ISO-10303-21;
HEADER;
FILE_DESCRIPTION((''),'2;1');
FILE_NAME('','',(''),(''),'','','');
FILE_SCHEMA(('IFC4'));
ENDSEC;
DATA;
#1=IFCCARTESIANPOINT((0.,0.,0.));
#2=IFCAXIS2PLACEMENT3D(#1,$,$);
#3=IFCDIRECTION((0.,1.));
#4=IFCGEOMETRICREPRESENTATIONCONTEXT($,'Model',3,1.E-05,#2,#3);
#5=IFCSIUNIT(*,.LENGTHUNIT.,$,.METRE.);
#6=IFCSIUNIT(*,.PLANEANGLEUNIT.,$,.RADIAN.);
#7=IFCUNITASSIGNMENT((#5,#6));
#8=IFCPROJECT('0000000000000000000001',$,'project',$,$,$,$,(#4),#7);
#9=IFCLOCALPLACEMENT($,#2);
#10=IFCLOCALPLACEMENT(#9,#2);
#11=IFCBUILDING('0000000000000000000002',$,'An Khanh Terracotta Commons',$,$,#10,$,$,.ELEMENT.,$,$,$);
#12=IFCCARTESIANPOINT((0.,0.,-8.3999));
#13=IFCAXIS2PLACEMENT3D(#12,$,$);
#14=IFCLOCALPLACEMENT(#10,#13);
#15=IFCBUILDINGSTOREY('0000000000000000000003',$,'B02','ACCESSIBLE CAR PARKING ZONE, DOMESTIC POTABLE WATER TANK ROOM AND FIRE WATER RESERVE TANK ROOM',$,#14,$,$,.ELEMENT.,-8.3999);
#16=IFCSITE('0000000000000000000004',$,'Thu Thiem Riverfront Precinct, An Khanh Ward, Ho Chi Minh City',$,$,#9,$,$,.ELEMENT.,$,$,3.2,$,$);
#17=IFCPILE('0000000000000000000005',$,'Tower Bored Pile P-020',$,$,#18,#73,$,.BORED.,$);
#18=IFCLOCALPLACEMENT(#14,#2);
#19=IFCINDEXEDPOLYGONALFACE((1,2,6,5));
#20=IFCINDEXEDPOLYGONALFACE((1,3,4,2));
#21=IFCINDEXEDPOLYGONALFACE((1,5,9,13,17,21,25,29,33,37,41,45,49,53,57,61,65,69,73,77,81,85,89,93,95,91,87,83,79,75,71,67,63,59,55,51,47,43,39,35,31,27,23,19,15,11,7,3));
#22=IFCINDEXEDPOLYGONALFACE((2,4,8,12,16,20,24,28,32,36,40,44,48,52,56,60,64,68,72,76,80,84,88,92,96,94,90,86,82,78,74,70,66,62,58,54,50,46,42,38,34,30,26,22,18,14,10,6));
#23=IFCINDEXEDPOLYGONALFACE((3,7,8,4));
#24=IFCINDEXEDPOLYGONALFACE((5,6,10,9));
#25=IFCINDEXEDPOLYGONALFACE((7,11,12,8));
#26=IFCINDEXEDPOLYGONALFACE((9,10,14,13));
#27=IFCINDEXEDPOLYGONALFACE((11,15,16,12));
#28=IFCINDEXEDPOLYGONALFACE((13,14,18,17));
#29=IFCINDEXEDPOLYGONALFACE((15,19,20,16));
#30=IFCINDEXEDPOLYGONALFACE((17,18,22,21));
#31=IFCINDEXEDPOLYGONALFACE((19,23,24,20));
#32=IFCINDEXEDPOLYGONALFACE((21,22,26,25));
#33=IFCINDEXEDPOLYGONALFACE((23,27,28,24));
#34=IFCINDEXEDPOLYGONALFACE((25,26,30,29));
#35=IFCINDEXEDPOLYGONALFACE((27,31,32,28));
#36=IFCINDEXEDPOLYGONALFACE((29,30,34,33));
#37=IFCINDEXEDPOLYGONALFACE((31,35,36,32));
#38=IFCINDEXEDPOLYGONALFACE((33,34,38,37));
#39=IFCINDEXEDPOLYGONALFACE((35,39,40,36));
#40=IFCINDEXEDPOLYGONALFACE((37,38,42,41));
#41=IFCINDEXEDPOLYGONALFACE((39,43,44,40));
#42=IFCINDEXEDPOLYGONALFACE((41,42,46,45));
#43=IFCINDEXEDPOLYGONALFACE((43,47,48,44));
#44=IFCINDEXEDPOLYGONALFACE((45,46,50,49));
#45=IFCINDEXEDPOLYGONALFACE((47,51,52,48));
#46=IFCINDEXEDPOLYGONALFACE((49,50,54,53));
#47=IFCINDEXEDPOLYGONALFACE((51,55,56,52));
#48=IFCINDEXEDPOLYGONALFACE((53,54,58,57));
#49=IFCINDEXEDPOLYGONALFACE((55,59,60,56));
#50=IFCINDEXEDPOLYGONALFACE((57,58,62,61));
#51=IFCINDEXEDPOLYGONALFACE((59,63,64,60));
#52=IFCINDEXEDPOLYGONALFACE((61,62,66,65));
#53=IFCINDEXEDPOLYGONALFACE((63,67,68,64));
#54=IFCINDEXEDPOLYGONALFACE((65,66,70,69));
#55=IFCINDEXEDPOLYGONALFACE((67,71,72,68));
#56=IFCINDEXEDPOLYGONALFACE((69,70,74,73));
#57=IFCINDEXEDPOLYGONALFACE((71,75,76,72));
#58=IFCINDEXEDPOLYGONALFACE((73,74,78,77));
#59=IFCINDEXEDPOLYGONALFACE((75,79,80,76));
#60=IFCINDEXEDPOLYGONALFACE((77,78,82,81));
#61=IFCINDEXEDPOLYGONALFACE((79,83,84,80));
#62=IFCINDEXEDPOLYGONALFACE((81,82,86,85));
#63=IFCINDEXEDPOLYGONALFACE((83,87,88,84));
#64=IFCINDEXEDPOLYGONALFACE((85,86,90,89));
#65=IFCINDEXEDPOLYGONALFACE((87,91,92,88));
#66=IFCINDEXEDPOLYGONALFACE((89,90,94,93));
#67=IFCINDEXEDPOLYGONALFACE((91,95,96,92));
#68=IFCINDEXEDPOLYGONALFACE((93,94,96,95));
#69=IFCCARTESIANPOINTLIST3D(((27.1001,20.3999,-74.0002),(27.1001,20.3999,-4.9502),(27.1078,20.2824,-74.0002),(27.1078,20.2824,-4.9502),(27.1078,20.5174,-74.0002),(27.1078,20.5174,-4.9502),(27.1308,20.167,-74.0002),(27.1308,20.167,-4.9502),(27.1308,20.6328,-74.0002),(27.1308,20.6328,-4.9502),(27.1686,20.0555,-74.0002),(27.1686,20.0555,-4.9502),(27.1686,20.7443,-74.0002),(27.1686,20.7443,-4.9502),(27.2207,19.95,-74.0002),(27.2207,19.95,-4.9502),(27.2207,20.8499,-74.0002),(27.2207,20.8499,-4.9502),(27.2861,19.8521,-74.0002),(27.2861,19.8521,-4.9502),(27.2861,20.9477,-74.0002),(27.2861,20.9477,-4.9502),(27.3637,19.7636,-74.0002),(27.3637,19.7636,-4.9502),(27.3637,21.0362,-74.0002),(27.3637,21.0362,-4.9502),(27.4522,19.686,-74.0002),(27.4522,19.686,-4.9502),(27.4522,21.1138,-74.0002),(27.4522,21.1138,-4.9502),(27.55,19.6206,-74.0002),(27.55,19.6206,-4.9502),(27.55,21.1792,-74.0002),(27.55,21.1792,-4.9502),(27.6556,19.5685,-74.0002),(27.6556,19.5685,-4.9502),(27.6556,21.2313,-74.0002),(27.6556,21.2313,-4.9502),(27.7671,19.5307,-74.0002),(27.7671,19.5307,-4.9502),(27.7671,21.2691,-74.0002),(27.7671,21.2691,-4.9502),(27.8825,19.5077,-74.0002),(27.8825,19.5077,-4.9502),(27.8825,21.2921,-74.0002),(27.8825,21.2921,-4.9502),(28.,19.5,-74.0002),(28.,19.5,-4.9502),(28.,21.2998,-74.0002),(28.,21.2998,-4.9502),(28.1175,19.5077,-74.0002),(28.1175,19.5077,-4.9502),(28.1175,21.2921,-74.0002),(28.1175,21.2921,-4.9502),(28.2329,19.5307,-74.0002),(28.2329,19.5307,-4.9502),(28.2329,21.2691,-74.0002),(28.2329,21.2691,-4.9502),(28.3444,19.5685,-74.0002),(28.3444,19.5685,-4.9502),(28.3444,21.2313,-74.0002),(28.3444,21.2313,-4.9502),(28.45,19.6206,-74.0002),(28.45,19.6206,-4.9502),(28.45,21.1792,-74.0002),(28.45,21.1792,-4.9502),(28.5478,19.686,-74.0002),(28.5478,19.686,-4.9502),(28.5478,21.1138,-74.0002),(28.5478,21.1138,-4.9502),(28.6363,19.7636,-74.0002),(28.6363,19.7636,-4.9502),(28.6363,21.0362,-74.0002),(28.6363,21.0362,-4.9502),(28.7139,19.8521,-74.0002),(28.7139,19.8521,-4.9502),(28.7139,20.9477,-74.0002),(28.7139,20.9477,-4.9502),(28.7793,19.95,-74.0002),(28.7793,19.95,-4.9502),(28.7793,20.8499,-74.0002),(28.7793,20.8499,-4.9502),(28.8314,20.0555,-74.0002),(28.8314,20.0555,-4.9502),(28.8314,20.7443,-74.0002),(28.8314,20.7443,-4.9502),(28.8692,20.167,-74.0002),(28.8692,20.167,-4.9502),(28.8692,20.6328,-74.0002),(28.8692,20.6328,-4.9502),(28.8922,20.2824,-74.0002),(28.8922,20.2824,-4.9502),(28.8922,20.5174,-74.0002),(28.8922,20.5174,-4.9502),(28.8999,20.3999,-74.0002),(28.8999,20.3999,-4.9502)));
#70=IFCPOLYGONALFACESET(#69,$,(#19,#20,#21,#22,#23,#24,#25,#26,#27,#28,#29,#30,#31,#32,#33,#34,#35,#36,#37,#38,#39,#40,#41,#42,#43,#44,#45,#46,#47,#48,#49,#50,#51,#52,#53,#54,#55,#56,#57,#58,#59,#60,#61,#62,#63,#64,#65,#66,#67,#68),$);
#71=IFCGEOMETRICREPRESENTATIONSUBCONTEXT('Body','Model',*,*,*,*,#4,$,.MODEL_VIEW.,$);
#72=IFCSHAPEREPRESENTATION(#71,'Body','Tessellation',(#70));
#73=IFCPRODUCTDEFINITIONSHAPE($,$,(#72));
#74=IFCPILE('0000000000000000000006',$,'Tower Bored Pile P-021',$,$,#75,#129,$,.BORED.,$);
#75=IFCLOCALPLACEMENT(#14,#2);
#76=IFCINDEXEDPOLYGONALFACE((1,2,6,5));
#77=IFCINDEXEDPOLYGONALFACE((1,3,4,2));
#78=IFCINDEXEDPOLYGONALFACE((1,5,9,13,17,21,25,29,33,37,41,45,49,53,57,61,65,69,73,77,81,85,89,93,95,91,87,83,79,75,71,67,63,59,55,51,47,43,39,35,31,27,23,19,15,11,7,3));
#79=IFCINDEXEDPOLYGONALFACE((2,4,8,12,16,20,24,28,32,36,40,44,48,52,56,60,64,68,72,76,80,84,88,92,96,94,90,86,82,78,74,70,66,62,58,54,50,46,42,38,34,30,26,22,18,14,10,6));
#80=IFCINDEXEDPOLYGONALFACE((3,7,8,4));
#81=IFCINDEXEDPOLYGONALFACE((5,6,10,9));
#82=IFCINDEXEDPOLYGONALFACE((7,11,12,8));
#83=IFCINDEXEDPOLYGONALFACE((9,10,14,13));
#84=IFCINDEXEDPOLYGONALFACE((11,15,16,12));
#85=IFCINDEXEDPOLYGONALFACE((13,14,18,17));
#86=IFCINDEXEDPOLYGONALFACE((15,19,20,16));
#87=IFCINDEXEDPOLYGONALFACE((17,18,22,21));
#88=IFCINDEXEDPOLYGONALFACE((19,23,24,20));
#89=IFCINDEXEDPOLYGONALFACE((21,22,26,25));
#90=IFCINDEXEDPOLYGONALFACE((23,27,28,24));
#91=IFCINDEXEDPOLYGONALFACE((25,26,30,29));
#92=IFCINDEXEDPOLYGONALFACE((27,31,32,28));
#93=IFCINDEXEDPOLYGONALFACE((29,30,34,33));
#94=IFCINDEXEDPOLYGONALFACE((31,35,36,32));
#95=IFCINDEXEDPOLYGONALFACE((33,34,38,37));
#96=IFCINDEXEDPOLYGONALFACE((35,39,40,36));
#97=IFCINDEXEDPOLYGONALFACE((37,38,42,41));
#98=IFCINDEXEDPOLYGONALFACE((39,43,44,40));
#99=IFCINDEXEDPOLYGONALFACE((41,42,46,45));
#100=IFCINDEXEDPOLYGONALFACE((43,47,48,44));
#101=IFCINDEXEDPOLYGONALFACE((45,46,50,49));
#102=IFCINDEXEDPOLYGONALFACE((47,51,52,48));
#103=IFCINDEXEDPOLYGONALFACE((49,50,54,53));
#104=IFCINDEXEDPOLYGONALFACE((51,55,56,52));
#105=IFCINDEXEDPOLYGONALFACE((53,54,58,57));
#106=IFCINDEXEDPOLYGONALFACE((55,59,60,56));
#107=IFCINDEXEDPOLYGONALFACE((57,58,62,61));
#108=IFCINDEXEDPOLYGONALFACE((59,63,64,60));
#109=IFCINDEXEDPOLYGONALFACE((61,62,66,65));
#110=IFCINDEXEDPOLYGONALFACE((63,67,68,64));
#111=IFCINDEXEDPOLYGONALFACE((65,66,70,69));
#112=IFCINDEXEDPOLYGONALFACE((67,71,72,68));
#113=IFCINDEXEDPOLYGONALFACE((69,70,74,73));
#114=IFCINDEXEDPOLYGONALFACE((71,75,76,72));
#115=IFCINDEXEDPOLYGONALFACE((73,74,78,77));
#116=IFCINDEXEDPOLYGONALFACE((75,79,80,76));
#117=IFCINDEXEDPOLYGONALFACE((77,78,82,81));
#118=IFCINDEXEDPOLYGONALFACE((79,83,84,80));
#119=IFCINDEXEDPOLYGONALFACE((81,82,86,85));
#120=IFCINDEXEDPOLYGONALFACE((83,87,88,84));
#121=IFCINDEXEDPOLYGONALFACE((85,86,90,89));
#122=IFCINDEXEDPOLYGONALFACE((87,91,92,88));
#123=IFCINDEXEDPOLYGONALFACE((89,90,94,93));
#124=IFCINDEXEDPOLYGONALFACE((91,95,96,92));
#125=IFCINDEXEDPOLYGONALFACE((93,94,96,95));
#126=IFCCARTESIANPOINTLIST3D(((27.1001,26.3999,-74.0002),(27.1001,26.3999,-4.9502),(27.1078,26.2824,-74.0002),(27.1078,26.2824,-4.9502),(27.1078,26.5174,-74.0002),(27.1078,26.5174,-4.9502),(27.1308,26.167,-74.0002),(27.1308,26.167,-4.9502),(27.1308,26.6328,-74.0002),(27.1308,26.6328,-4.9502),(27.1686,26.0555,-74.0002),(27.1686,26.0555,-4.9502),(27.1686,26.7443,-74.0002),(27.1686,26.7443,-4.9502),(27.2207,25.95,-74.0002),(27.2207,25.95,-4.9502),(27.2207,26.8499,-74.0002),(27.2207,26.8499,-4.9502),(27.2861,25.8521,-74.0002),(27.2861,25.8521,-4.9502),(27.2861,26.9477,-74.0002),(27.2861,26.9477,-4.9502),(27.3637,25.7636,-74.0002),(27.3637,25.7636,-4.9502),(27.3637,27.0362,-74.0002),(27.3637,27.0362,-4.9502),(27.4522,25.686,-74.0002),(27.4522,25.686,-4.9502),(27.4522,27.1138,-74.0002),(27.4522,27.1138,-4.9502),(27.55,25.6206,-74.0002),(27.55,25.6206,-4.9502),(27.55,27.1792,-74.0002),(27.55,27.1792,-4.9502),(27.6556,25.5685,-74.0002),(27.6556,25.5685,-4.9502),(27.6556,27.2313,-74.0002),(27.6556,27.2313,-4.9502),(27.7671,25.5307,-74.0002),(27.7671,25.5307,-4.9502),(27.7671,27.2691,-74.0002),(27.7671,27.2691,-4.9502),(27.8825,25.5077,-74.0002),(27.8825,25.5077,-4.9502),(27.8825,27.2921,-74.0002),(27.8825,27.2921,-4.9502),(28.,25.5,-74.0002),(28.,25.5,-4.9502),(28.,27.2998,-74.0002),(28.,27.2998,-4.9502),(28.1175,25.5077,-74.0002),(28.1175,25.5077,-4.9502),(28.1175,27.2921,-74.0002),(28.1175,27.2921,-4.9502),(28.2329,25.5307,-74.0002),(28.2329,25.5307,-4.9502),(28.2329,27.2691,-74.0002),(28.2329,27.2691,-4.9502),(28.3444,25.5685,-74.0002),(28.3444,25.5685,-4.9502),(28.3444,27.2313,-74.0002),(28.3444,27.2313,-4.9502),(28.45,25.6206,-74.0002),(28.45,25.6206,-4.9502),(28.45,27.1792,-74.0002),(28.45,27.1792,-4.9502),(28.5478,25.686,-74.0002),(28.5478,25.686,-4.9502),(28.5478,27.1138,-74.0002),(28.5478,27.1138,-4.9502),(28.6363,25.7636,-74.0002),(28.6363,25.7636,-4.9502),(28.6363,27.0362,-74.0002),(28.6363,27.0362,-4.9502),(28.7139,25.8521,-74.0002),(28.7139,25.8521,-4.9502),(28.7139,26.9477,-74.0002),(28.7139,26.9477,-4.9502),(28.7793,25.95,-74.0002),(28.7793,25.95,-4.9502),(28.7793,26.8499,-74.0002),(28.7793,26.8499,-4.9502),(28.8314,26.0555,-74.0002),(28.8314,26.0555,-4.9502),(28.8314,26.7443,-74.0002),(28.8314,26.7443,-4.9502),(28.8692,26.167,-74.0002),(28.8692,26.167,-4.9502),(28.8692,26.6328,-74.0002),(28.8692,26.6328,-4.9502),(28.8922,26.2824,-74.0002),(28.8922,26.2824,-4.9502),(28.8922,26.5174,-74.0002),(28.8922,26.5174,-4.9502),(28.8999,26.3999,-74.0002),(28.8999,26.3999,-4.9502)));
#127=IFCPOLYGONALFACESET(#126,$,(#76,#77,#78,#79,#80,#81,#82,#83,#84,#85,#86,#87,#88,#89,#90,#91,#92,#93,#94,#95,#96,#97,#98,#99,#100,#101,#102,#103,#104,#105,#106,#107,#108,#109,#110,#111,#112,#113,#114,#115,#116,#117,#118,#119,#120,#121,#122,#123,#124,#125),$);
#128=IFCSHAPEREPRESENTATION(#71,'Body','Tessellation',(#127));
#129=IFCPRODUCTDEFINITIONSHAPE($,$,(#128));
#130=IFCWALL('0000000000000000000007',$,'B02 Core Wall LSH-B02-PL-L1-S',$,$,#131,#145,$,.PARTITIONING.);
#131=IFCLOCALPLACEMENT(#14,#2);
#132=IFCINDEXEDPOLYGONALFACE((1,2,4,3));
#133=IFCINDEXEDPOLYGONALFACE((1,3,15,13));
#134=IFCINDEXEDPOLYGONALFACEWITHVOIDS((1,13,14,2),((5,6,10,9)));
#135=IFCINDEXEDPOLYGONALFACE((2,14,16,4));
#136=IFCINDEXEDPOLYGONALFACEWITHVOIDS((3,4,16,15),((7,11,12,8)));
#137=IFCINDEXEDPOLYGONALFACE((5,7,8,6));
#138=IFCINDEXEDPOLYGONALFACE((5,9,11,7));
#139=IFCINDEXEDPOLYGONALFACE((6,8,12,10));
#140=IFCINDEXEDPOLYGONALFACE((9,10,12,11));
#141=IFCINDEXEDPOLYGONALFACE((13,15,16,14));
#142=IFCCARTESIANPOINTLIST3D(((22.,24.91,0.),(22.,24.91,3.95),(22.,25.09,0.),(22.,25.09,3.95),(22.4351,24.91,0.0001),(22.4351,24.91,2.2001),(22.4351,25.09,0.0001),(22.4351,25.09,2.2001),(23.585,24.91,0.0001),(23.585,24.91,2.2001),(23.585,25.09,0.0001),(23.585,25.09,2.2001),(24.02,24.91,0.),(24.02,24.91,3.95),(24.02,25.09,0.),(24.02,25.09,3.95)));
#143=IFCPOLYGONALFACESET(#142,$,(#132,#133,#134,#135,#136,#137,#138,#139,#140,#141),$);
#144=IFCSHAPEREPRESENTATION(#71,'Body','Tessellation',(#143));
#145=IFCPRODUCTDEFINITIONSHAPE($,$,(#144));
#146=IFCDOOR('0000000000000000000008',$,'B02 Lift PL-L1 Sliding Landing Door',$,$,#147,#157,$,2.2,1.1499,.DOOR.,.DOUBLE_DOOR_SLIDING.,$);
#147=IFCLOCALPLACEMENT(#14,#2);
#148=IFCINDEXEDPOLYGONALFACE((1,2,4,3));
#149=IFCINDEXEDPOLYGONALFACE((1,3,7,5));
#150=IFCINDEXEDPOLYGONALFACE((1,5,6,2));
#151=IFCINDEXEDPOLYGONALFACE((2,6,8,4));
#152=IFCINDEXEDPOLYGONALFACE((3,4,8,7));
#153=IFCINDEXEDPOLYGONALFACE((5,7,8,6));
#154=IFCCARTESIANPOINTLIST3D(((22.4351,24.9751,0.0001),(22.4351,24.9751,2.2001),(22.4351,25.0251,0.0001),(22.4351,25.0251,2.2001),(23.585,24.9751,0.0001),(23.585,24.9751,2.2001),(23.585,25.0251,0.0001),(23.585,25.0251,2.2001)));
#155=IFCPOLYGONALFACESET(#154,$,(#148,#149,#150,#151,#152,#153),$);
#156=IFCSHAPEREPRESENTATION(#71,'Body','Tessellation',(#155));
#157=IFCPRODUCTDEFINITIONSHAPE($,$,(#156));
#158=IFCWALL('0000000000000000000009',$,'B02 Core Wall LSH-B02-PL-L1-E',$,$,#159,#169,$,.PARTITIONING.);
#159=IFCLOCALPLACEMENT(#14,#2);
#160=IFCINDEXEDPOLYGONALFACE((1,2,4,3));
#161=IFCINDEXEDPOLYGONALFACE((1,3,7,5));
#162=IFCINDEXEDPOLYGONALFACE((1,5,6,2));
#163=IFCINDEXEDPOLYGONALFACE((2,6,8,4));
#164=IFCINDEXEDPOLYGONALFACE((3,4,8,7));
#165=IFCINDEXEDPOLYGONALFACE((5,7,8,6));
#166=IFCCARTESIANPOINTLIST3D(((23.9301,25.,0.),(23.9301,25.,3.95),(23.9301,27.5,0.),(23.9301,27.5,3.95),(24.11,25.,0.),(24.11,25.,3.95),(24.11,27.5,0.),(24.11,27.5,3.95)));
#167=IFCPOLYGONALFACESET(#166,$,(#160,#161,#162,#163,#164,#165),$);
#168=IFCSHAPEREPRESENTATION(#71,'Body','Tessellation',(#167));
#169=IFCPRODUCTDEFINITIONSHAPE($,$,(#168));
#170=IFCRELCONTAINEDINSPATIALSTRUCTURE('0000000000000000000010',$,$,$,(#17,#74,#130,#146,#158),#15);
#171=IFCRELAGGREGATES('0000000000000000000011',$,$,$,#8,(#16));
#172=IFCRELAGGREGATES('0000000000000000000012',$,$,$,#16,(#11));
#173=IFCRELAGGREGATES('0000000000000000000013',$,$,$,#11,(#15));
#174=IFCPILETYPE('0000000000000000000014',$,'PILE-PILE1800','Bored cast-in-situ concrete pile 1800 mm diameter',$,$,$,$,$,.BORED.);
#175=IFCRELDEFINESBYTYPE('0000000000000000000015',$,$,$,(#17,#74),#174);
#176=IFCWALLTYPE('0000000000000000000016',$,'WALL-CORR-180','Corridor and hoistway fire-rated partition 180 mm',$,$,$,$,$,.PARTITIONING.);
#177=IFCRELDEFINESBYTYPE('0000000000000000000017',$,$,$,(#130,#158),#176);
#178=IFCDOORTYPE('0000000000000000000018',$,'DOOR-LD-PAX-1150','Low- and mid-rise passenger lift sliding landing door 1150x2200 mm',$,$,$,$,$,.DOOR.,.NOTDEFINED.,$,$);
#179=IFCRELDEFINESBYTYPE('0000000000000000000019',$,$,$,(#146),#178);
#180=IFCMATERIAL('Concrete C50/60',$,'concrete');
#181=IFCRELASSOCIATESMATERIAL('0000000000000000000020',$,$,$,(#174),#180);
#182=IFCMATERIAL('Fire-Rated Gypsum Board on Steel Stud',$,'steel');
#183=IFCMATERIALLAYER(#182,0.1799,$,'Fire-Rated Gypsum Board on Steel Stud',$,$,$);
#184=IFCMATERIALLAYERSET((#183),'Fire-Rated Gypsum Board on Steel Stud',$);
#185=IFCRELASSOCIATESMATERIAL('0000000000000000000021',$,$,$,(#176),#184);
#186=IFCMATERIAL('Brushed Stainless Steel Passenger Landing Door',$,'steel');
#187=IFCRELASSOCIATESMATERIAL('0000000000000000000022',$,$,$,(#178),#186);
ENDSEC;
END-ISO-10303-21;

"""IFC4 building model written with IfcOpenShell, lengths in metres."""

from ifc_helpers import new_model, si_unit, direction, frame, frame_2d, origin, origin_2d, place, context, subcontext, project, spatial, rectangle, circle, extrude, material, layer, layer_set, material_profile, profile_set, type_object, element, fill, save


model = new_model("IFC4")

# Units and contexts
model_context = context("Model", 3, precision=1e-05, world=origin(), true_north=direction((0.0, 1.0)))
body_context = subcontext(model_context, "Body", "Model", "MODEL_VIEW")
ifc_project = project(units=[si_unit("LENGTHUNIT", "METRE"), si_unit("PLANEANGLEUNIT", "RADIAN")], contexts=[model_context])

# Site, building, storey
site_placement = place(None, origin())
site = spatial("IfcSite", under=ifc_project, at=site_placement, Name="Thu Thiem Riverfront Precinct, An Khanh Ward, Ho Chi Minh City", CompositionType="ELEMENT", RefElevation=3.2)
building_placement = place(site_placement, origin())
building = spatial("IfcBuilding", under=site, at=building_placement, Name="An Khanh Terracotta Commons", CompositionType="ELEMENT")
storey_placement = place(building_placement, frame((0.0, 0.0, -8.3999)))
storey = spatial("IfcBuildingStorey", under=building, at=storey_placement, Name="B02", Description="ACCESSIBLE CAR PARKING ZONE, DOMESTIC POTABLE WATER TANK ROOM AND FIRE WATER RESERVE TANK ROOM", CompositionType="ELEMENT", Elevation=-8.3999)

# Piles
ifc_material_1 = material(Name="Concrete C50/60", Category="concrete")
ifc_material_profile = material_profile(ifc_material_1, circle(Radius=0.8999, at=origin_2d()), Name="PILE1800")
ifc_profile_set = profile_set([ifc_material_profile], Name="Concrete C50/60")
pile_type = type_object("IfcPileType", Name="PILE-PILE1800", Description="Bored cast-in-situ concrete pile 1800 mm diameter", PredefinedType="BORED", material=ifc_profile_set)
for number, where, z_axis, x_axis, name in (
    (1, (28.0, 20.3999, -4.9502), (0.0, 0.0, -1.0), (1.0, 0.0, 0.0), "Tower Bored Pile P-020"),
    (2, (28.0, 26.3999, -4.9502), (0.0, 0.0, -1.0), (1.0, 0.0, 0.0), "Tower Bored Pile P-021"),
):
    element("IfcPile", number, at=place(storey_placement, frame(where, z_axis=z_axis, x_axis=x_axis)), inside=storey, type_object=pile_type, Name=name, PredefinedType="BORED", context=body_context, shape_type="SweptSolid", body=[
        extrude(circle(Radius=0.8999, at=origin_2d()), origin(), (0.0, 0.0, 1.0), 69.05),
    ])

# Wall, opening, door
ifc_material_2 = material(Name="Fire-Rated Gypsum Board on Steel Stud", Category="steel")
ifc_layer_1 = layer(ifc_material_2, 0.1799, Name="Fire-Rated Gypsum Board on Steel Stud")
ifc_layer_set_1 = layer_set([ifc_layer_1], Name="Fire-Rated Gypsum Board on Steel Stud")
wall_type_1 = type_object("IfcWallType", Name="WALL-CORR-180", Description="Corridor and hoistway fire-rated partition 180 mm", PredefinedType="PARTITIONING", material=ifc_layer_set_1)
wall_1_placement = place(storey_placement, frame((24.02, 25.0, 0.0), z_axis=(0.0, 0.0, 1.0), x_axis=(-1.0, 0.0, 0.0)))
wall_1 = element("IfcWall", 3, at=wall_1_placement, inside=storey, type_object=wall_type_1, Name="B02 Core Wall LSH-B02-PL-L1-S", PredefinedType="PARTITIONING", context=body_context, shape_type="SweptSolid", body=[
    extrude(rectangle(XDim=2.02, YDim=0.1799, at=frame_2d((1.01, 0.0))), origin(), (0.0, 0.0, 1.0), 3.95),
])
opening_1_placement = place(wall_1_placement, frame((0.4351, 0.0, 0.0)))
opening_1 = element("IfcOpeningElement", 4, at=opening_1_placement, cuts=wall_1, PredefinedType="OPENING", context=body_context, shape_type="SweptSolid", body=[
    extrude(rectangle(XDim=1.1499, YDim=2.2, at=frame_2d((0.575, 1.1001))), frame((0.0, 0.0999, 0.0), z_axis=(0.0, -1.0, 0.0), x_axis=(1.0, 0.0, 0.0)), (0.0, 0.0, 1.0), 0.2),
])
ifc_material_3 = material(Name="Brushed Stainless Steel Passenger Landing Door", Category="steel")
door_type = type_object("IfcDoorType", Name="DOOR-LD-PAX-1150", Description="Low- and mid-rise passenger lift sliding landing door 1150x2200 mm", OperationType="NOTDEFINED", PredefinedType="DOOR", material=ifc_material_3)
door_1_placement = place(opening_1_placement, origin())
door_1 = element("IfcDoor", 5, at=door_1_placement, inside=storey, type_object=door_type, Name="B02 Lift PL-L1 Sliding Landing Door", OperationType="DOUBLE_DOOR_SLIDING", OverallHeight=2.2, OverallWidth=1.1499, PredefinedType="DOOR", context=body_context, shape_type="SweptSolid", body=[
    extrude(rectangle(XDim=1.1499, YDim=2.2, at=frame_2d((0.575, 1.1001))), frame((0.0, 0.0249, 0.0), z_axis=(0.0, -1.0, 0.0), x_axis=(1.0, 0.0, 0.0)), (0.0, 0.0, 1.0), 0.05),
])
fill(opening_1, door_1)

# Wall
wall_2_placement = place(storey_placement, frame((24.02, 25.0, 0.0), z_axis=(0.0, 0.0, 1.0), x_axis=(0.0, 1.0, 0.0)))
element("IfcWall", 6, at=wall_2_placement, inside=storey, type_object=wall_type_1, Name="B02 Core Wall LSH-B02-PL-L1-E", PredefinedType="PARTITIONING", context=body_context, shape_type="SweptSolid", body=[
    extrude(rectangle(XDim=2.5, YDim=0.1799, at=frame_2d((1.25, 0.0))), origin(), (0.0, 0.0, 1.0), 3.95),
])

save(model, "model.ifc")
